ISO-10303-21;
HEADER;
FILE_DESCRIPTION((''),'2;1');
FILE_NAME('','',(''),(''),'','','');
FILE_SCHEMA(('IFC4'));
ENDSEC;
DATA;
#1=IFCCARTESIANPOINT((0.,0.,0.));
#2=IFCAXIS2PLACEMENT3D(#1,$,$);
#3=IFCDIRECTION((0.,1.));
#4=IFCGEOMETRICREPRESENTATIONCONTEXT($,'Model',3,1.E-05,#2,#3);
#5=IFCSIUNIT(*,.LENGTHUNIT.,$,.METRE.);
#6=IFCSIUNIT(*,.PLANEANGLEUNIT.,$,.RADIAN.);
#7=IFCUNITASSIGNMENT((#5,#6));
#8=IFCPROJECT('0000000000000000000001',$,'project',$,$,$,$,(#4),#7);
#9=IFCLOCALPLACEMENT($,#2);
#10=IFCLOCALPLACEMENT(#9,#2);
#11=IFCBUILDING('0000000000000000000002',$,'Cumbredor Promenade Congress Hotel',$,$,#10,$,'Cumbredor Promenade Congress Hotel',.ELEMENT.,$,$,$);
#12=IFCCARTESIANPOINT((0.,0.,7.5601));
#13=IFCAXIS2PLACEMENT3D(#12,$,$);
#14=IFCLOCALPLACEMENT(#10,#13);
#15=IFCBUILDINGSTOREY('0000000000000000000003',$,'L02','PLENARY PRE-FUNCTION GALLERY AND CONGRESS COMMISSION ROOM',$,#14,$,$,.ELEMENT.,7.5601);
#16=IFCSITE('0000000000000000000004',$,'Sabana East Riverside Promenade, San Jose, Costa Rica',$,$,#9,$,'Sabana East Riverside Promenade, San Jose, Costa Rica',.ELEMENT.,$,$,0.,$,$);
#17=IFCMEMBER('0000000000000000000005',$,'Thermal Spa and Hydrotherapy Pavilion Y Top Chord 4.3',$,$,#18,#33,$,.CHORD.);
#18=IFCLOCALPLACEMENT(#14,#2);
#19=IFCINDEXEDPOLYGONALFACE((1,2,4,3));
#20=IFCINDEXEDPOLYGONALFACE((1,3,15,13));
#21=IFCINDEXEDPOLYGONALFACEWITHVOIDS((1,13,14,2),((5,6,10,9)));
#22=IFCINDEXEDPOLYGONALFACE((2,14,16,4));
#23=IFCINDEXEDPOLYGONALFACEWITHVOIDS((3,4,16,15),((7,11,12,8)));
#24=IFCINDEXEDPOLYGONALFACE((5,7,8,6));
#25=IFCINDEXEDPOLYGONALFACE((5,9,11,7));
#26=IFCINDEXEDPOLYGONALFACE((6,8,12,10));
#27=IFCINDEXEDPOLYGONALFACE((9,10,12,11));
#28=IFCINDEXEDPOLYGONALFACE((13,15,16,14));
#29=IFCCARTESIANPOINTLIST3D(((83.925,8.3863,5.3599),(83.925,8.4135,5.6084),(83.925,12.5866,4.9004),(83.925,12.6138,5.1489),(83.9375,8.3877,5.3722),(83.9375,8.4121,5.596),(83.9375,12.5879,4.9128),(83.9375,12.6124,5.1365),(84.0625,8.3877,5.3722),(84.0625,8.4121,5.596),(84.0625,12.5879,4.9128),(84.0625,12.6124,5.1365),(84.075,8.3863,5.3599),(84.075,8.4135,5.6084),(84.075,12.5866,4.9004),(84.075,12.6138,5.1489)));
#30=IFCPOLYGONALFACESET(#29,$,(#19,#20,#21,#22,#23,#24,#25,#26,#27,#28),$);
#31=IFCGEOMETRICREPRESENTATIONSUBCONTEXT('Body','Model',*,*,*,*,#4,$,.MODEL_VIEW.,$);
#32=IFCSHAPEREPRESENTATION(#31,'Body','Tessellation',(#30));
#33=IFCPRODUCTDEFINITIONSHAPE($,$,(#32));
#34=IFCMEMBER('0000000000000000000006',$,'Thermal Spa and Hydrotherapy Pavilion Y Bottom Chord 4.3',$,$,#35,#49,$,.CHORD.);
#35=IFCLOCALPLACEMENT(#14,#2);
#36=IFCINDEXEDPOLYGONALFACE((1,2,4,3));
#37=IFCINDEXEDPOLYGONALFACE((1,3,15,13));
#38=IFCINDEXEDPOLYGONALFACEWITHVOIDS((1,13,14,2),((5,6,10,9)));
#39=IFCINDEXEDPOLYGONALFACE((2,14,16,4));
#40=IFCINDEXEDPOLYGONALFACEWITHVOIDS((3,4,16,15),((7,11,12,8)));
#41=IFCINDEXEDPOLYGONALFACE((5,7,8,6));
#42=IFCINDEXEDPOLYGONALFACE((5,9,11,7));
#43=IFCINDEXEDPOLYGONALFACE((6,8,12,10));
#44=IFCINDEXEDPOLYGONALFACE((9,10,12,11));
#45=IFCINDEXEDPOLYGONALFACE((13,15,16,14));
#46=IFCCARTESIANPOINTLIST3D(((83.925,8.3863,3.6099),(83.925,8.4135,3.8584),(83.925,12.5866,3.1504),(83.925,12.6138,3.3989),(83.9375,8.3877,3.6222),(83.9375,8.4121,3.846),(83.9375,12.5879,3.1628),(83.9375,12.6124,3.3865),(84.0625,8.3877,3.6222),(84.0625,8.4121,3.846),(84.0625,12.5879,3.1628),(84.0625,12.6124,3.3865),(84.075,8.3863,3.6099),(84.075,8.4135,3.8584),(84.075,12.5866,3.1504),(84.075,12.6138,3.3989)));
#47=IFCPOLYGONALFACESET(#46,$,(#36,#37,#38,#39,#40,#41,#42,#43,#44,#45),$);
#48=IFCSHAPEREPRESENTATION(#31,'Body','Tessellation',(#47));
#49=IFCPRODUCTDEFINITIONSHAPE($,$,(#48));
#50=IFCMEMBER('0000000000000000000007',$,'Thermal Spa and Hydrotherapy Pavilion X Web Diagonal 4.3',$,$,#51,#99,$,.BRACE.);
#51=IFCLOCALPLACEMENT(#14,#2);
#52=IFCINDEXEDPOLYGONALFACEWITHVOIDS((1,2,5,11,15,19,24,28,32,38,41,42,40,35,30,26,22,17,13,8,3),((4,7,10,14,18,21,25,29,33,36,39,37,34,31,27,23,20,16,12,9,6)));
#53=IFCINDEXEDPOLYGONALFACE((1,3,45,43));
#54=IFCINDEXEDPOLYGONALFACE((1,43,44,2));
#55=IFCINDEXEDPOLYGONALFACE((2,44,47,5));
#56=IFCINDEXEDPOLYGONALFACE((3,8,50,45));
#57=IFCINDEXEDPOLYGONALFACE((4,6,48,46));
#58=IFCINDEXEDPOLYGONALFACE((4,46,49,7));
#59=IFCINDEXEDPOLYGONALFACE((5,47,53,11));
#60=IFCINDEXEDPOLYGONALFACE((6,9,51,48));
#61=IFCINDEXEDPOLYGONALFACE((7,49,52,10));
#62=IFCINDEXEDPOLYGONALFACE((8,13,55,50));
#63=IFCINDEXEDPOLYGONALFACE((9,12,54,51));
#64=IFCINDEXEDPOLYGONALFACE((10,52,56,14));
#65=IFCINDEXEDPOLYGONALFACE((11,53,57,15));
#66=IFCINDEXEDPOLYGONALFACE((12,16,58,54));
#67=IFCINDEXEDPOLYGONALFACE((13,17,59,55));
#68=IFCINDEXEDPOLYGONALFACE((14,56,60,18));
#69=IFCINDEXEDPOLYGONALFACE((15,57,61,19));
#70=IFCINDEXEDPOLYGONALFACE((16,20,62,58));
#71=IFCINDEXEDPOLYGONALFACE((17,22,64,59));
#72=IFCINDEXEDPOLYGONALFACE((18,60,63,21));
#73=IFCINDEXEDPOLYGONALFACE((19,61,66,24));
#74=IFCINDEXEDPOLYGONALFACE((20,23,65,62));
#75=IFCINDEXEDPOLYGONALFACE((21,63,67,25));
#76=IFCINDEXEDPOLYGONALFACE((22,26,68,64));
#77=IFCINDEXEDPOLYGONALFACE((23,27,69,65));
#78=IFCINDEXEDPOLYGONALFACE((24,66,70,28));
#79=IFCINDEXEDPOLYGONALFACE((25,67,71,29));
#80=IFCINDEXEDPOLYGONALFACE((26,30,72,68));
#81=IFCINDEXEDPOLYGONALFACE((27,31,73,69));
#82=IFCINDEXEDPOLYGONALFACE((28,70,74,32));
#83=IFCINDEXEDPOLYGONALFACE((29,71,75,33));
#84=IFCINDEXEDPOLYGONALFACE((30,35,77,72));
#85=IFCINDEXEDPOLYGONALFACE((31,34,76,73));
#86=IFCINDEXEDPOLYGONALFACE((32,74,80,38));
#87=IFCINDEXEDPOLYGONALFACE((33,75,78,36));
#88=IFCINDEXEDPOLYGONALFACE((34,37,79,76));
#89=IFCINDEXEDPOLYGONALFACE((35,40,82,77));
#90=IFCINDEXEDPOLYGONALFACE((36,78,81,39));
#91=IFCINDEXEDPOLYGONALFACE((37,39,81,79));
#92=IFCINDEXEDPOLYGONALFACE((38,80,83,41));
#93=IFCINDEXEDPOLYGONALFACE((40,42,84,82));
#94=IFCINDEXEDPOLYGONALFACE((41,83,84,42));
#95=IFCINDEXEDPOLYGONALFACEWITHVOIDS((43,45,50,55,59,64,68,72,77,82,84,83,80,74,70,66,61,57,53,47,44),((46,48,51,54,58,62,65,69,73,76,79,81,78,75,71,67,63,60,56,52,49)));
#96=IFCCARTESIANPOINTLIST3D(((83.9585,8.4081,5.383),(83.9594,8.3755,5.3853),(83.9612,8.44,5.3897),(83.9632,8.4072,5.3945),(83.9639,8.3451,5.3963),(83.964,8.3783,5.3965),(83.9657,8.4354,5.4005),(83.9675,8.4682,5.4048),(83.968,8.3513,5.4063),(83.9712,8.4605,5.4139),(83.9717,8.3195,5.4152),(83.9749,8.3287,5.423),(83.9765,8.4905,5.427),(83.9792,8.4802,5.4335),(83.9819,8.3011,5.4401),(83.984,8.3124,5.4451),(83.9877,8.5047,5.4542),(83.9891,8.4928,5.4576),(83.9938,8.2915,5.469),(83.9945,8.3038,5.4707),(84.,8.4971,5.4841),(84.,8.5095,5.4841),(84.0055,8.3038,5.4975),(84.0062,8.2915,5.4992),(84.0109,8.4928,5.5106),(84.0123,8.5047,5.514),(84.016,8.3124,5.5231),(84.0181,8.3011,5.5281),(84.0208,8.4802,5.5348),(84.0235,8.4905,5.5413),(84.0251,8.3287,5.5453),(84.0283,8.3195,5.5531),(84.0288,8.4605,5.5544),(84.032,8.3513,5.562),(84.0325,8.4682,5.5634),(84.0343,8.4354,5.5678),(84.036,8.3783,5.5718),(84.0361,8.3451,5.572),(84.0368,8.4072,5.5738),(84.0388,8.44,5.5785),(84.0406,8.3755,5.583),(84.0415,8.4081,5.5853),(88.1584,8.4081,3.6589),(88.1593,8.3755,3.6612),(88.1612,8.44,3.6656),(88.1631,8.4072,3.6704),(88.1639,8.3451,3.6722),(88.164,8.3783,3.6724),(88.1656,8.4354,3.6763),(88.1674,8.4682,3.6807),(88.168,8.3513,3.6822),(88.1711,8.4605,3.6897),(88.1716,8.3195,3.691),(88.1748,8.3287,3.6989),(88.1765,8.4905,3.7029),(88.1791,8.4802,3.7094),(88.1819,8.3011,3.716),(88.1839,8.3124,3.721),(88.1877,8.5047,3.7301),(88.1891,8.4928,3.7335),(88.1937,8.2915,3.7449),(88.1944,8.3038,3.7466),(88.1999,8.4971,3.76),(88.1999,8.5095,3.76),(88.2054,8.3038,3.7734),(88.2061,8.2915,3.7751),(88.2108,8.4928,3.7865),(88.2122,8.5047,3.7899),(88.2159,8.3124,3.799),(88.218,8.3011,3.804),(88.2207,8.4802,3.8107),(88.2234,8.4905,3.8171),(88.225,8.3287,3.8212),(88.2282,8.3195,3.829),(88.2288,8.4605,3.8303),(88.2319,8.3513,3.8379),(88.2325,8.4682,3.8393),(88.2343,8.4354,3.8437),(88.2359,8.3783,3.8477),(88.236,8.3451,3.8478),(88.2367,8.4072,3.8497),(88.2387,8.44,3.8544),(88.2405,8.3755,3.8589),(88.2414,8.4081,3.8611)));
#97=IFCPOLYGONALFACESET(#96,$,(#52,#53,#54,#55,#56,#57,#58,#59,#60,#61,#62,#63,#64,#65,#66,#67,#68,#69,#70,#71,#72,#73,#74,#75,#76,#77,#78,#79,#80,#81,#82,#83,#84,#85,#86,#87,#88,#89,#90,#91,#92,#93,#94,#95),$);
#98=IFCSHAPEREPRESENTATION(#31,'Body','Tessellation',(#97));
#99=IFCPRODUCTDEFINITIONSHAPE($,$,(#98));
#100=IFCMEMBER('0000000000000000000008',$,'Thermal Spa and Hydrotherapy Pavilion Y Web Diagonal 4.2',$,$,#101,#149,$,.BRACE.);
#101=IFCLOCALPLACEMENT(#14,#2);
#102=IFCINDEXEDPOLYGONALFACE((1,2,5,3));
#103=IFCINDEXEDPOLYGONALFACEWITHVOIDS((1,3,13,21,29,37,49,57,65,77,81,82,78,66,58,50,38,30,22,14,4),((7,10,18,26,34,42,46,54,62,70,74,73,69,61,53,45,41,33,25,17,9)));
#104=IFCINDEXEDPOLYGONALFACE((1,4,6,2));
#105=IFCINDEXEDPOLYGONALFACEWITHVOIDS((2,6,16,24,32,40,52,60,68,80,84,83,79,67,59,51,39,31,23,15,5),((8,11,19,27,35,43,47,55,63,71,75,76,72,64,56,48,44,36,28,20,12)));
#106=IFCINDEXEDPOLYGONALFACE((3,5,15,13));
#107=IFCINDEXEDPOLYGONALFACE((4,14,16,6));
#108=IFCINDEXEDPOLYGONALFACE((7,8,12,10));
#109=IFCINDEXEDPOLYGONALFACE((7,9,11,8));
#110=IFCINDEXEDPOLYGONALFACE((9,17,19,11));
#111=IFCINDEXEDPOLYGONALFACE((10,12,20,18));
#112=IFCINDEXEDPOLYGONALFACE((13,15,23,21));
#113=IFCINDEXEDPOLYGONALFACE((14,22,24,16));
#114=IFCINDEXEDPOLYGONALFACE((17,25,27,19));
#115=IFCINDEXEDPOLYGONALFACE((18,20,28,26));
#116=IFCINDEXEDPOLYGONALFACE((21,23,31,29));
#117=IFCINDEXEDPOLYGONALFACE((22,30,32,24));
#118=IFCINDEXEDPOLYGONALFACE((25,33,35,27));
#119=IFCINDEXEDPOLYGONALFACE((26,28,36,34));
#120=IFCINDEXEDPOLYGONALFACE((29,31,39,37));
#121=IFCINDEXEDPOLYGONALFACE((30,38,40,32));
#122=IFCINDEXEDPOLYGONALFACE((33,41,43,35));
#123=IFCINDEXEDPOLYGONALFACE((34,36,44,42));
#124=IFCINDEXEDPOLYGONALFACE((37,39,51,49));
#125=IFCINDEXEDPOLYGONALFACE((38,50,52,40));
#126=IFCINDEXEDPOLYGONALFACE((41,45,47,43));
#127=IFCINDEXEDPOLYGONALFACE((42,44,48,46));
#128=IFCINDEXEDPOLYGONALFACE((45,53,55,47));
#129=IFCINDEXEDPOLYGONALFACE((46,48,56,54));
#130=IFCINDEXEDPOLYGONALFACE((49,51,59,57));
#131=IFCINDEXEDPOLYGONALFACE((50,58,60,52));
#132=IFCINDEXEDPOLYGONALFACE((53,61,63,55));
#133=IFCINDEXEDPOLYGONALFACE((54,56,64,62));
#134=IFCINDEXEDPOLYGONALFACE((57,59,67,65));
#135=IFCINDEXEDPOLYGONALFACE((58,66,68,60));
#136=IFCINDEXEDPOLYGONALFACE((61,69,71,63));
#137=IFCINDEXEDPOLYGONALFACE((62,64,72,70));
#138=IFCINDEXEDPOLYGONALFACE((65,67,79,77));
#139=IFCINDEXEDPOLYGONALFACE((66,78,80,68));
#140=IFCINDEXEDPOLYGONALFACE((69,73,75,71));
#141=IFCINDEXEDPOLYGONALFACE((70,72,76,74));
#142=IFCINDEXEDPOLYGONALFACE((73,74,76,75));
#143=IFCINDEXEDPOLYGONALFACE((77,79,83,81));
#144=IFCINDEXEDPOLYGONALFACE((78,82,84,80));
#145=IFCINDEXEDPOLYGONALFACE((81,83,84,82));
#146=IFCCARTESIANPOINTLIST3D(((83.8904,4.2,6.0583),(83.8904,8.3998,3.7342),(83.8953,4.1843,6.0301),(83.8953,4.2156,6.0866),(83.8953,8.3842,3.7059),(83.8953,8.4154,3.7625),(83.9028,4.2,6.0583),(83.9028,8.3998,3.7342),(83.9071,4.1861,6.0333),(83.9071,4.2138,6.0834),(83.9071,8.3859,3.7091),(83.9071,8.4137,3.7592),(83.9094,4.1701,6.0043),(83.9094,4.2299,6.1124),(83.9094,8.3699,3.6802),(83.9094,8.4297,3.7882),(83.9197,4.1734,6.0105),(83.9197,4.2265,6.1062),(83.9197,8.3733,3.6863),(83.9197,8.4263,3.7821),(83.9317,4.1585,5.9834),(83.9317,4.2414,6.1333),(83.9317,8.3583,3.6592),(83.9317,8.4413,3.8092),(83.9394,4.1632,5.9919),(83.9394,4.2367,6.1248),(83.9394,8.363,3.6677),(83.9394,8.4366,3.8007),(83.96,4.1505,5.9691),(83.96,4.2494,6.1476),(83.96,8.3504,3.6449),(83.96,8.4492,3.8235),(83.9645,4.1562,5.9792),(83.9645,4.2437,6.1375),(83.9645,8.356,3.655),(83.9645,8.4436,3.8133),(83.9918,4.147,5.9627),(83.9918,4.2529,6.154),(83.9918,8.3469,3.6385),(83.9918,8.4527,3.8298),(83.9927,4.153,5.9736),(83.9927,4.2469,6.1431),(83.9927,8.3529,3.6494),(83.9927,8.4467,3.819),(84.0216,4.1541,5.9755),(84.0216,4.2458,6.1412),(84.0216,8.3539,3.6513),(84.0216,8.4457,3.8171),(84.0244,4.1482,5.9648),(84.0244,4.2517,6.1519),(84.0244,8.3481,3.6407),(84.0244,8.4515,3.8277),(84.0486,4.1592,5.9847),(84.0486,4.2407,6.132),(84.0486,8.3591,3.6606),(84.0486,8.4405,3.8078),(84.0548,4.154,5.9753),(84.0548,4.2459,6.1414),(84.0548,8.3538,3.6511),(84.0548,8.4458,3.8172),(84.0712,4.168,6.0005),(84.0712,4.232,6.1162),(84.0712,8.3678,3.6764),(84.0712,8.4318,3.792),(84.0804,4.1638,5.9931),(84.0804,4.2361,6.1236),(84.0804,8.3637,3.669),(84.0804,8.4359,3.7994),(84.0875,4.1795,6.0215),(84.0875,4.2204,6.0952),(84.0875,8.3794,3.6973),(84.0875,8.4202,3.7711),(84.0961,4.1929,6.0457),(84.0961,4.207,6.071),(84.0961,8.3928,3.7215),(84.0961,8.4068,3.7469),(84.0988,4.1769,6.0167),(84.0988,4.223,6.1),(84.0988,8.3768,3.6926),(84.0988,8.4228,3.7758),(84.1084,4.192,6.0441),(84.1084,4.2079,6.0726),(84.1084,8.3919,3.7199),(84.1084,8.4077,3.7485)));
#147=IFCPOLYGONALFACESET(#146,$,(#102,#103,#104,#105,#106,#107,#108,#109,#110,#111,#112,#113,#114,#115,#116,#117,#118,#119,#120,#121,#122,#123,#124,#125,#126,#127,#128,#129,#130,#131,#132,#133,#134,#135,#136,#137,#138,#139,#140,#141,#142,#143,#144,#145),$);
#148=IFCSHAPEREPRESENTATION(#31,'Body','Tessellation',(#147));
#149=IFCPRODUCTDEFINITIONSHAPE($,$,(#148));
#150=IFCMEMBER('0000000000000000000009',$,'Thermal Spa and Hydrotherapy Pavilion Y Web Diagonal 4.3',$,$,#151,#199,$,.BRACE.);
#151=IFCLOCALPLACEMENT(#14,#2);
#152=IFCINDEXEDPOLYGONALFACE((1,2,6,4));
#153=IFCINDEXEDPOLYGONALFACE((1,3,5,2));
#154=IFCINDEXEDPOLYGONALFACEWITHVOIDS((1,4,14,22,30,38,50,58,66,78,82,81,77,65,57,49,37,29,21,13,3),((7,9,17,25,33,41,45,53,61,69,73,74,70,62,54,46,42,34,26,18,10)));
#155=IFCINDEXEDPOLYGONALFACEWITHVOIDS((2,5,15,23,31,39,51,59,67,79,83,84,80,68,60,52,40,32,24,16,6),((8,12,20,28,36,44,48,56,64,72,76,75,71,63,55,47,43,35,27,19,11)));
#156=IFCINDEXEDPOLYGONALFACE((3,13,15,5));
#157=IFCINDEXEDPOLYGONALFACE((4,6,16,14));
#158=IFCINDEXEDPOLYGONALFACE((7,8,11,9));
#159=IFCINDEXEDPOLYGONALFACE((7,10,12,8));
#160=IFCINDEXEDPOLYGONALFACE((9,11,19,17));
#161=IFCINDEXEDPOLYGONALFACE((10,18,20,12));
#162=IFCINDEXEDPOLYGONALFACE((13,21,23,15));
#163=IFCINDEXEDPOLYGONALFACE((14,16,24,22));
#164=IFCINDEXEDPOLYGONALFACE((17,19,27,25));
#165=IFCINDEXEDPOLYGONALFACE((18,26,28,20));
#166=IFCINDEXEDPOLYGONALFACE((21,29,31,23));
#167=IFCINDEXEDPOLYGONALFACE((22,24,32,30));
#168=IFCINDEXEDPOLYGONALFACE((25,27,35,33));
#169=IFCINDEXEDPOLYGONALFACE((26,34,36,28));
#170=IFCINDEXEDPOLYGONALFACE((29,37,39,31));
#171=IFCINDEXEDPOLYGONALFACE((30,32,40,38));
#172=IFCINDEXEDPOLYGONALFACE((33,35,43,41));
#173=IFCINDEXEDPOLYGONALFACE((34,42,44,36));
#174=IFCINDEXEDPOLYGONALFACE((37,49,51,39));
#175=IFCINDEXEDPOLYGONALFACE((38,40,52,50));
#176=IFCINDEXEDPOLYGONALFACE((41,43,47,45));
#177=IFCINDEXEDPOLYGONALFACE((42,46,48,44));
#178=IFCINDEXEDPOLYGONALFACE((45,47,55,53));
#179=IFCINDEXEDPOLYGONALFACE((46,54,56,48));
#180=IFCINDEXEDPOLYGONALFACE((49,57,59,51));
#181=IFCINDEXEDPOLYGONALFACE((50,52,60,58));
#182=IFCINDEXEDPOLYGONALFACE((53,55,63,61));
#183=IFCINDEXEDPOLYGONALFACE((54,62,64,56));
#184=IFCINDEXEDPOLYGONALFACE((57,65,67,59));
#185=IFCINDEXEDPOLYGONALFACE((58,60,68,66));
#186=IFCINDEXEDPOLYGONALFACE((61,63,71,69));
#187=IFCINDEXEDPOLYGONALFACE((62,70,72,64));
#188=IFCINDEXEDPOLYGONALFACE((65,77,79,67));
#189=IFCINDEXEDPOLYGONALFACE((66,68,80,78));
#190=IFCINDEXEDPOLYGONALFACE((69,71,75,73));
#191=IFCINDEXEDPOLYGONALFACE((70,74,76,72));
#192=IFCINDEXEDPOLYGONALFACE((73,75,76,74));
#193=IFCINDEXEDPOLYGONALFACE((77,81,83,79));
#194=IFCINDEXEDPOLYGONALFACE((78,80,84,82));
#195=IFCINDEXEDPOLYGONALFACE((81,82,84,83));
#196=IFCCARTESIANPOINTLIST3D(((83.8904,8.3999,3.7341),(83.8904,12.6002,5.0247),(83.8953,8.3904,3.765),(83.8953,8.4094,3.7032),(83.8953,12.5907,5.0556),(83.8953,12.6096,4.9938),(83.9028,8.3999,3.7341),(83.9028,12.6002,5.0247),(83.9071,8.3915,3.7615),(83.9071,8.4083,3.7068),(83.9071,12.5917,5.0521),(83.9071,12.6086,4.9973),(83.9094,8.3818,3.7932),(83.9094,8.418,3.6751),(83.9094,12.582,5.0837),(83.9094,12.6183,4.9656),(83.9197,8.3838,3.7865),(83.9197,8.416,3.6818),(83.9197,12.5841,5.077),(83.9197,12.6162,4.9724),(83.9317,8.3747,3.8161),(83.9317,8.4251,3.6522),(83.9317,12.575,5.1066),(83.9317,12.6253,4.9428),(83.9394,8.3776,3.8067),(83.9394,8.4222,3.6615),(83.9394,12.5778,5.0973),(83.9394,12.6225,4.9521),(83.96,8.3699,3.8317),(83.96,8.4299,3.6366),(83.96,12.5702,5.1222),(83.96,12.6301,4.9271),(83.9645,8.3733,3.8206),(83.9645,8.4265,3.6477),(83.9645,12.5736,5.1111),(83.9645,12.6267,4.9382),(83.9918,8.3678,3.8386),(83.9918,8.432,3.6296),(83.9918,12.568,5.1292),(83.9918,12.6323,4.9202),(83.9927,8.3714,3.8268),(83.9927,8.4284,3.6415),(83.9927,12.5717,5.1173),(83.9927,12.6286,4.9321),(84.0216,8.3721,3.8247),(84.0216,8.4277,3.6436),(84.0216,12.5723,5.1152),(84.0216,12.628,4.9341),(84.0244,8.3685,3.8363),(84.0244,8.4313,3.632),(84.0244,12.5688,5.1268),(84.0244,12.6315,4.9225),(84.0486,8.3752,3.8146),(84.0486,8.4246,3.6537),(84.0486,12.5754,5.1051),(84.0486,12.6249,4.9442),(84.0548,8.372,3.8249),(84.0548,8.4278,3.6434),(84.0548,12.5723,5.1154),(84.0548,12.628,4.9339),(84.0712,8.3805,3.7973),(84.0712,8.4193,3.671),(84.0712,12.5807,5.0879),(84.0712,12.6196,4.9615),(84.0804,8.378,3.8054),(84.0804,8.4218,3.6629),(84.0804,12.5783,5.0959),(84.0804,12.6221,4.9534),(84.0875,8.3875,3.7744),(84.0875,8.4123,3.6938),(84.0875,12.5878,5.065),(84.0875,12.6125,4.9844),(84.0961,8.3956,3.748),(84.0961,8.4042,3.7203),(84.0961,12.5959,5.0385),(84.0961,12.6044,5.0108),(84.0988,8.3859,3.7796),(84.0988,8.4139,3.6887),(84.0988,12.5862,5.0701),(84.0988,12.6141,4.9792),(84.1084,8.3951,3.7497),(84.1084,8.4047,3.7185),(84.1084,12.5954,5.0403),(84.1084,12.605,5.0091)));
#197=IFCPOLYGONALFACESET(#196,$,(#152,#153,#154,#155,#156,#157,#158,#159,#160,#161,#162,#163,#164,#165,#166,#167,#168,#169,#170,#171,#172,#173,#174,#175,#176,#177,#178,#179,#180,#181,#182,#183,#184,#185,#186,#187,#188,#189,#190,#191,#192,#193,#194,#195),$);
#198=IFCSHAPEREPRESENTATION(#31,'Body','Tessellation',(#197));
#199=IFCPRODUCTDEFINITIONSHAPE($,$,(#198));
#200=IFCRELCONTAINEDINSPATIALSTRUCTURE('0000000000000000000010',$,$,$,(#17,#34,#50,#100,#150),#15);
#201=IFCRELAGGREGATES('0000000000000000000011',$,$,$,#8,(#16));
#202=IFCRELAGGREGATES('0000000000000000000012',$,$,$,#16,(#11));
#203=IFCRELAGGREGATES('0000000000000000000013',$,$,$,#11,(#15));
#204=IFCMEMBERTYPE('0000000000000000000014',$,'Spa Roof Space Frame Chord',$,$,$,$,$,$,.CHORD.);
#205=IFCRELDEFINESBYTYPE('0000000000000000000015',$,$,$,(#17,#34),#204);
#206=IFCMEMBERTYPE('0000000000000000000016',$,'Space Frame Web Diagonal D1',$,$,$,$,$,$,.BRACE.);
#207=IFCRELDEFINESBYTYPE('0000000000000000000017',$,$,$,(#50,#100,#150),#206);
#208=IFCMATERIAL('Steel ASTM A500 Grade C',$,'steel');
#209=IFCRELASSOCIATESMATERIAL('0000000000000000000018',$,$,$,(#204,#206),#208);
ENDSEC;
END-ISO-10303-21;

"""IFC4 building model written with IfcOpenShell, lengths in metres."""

from ifc_helpers import new_model, si_unit, direction, frame, origin, origin_2d, place, context, subcontext, project, spatial, hollow_rectangle, hollow_circle, extrude, material, material_profile, profile_set, type_object, element, save


model = new_model("IFC4")

# Units and contexts
model_context = context("Model", 3, precision=1e-05, world=origin(), true_north=direction((0.0, 1.0)))
body_context = subcontext(model_context, "Body", "Model", "MODEL_VIEW")
ifc_project = project(units=[si_unit("LENGTHUNIT", "METRE"), si_unit("PLANEANGLEUNIT", "RADIAN")], contexts=[model_context])

# Site, building, storey
site_placement = place(None, origin())
site = spatial("IfcSite", under=ifc_project, at=site_placement, Name="Sabana East Riverside Promenade, San Jose, Costa Rica", LongName="Sabana East Riverside Promenade, San Jose, Costa Rica", CompositionType="ELEMENT", RefElevation=0.0)
building_placement = place(site_placement, origin())
building = spatial("IfcBuilding", under=site, at=building_placement, Name="Cumbredor Promenade Congress Hotel", LongName="Cumbredor Promenade Congress Hotel", CompositionType="ELEMENT")
storey_placement = place(building_placement, frame((0.0, 0.0, 7.5601)))
storey = spatial("IfcBuildingStorey", under=building, at=storey_placement, Name="L02", Description="PLENARY PRE-FUNCTION GALLERY AND CONGRESS COMMISSION ROOM", CompositionType="ELEMENT", Elevation=7.5601)

# Members
ifc_material_1 = material(Name="Steel ASTM A500 Grade C", Category="steel")
ifc_material_profile_1 = material_profile(ifc_material_1, hollow_rectangle(XDim=0.1499, YDim=0.25, WallThickness=0.0125, at=origin_2d()), Name="HSS 250x150x12.5")
ifc_profile_set_1 = profile_set([ifc_material_profile_1], Name="Steel ASTM A500 Grade C")
member_type_1 = type_object("IfcMemberType", Name="Spa Roof Space Frame Chord", PredefinedType="CHORD", material=ifc_profile_set_1)
for number, where, z_axis, x_axis, name in (
    (1, (84.0, 8.3999, 5.4841), (0.0, 0.99407, -0.108744), (-1.0, 0.0, 0.0), "Thermal Spa and Hydrotherapy Pavilion Y Top Chord 4.3"),
    (2, (84.0, 8.3999, 3.7341), (0.0, 0.99407, -0.108744), (-1.0, 0.0, 0.0), "Thermal Spa and Hydrotherapy Pavilion Y Bottom Chord 4.3"),
):
    element("IfcMember", number, at=place(storey_placement, frame(where, z_axis=z_axis, x_axis=x_axis)), inside=storey, type_object=member_type_1, Name=name, PredefinedType="CHORD", context=body_context, shape_type="SweptSolid", body=[
        extrude(hollow_rectangle(XDim=0.1499, YDim=0.25, WallThickness=0.0125, at=origin_2d()), origin(), (0.0, 0.0, 1.0), 4.2253),
    ])
ifc_material_profile_2 = material_profile(ifc_material_1, hollow_circle(Radius=0.1096, WallThickness=0.0125, at=origin_2d()), Name="CHS 219.1x12.5")
ifc_profile_set_2 = profile_set([ifc_material_profile_2], Name="Steel ASTM A500 Grade C")
member_type_2 = type_object("IfcMemberType", Name="Space Frame Web Diagonal D1", PredefinedType="BRACE", material=ifc_profile_set_2)
member_1_placement = place(storey_placement, frame((84.0, 8.3999, 5.4841), z_axis=(0.925086, 0.0, -0.379757), x_axis=(0.0, 1.0, 0.0)))
element("IfcMember", 3, at=member_1_placement, inside=storey, type_object=member_type_2, Name="Thermal Spa and Hydrotherapy Pavilion X Web Diagonal 4.3", PredefinedType="BRACE", context=body_context, shape_type="SweptSolid", body=[
    extrude(hollow_circle(Radius=0.1096, WallThickness=0.0125, at=origin_2d()), origin(), (0.0, 0.0, 1.0), 4.54),
])
member_2_placement = place(storey_placement, frame((84.0, 4.2, 6.0583), z_axis=(0.0, 0.87496, -0.484196), x_axis=(-1.0, 0.0, 0.0)))
element("IfcMember", 4, at=member_2_placement, inside=storey, type_object=member_type_2, Name="Thermal Spa and Hydrotherapy Pavilion Y Web Diagonal 4.2", PredefinedType="BRACE", context=body_context, shape_type="SweptSolid", body=[
    extrude(hollow_circle(Radius=0.1096, WallThickness=0.0125, at=origin_2d()), origin(), (0.0, 0.0, 1.0), 4.8),
])
member_3_placement = place(storey_placement, frame((84.0, 8.3999, 3.7341), z_axis=(0.0, 0.955897, 0.293703), x_axis=(-1.0, 0.0, 0.0)))
element("IfcMember", 5, at=member_3_placement, inside=storey, type_object=member_type_2, Name="Thermal Spa and Hydrotherapy Pavilion Y Web Diagonal 4.3", PredefinedType="BRACE", context=body_context, shape_type="SweptSolid", body=[
    extrude(hollow_circle(Radius=0.1096, WallThickness=0.0125, at=origin_2d()), origin(), (0.0, 0.0, 1.0), 4.394),
])

save(model, "model.ifc")
